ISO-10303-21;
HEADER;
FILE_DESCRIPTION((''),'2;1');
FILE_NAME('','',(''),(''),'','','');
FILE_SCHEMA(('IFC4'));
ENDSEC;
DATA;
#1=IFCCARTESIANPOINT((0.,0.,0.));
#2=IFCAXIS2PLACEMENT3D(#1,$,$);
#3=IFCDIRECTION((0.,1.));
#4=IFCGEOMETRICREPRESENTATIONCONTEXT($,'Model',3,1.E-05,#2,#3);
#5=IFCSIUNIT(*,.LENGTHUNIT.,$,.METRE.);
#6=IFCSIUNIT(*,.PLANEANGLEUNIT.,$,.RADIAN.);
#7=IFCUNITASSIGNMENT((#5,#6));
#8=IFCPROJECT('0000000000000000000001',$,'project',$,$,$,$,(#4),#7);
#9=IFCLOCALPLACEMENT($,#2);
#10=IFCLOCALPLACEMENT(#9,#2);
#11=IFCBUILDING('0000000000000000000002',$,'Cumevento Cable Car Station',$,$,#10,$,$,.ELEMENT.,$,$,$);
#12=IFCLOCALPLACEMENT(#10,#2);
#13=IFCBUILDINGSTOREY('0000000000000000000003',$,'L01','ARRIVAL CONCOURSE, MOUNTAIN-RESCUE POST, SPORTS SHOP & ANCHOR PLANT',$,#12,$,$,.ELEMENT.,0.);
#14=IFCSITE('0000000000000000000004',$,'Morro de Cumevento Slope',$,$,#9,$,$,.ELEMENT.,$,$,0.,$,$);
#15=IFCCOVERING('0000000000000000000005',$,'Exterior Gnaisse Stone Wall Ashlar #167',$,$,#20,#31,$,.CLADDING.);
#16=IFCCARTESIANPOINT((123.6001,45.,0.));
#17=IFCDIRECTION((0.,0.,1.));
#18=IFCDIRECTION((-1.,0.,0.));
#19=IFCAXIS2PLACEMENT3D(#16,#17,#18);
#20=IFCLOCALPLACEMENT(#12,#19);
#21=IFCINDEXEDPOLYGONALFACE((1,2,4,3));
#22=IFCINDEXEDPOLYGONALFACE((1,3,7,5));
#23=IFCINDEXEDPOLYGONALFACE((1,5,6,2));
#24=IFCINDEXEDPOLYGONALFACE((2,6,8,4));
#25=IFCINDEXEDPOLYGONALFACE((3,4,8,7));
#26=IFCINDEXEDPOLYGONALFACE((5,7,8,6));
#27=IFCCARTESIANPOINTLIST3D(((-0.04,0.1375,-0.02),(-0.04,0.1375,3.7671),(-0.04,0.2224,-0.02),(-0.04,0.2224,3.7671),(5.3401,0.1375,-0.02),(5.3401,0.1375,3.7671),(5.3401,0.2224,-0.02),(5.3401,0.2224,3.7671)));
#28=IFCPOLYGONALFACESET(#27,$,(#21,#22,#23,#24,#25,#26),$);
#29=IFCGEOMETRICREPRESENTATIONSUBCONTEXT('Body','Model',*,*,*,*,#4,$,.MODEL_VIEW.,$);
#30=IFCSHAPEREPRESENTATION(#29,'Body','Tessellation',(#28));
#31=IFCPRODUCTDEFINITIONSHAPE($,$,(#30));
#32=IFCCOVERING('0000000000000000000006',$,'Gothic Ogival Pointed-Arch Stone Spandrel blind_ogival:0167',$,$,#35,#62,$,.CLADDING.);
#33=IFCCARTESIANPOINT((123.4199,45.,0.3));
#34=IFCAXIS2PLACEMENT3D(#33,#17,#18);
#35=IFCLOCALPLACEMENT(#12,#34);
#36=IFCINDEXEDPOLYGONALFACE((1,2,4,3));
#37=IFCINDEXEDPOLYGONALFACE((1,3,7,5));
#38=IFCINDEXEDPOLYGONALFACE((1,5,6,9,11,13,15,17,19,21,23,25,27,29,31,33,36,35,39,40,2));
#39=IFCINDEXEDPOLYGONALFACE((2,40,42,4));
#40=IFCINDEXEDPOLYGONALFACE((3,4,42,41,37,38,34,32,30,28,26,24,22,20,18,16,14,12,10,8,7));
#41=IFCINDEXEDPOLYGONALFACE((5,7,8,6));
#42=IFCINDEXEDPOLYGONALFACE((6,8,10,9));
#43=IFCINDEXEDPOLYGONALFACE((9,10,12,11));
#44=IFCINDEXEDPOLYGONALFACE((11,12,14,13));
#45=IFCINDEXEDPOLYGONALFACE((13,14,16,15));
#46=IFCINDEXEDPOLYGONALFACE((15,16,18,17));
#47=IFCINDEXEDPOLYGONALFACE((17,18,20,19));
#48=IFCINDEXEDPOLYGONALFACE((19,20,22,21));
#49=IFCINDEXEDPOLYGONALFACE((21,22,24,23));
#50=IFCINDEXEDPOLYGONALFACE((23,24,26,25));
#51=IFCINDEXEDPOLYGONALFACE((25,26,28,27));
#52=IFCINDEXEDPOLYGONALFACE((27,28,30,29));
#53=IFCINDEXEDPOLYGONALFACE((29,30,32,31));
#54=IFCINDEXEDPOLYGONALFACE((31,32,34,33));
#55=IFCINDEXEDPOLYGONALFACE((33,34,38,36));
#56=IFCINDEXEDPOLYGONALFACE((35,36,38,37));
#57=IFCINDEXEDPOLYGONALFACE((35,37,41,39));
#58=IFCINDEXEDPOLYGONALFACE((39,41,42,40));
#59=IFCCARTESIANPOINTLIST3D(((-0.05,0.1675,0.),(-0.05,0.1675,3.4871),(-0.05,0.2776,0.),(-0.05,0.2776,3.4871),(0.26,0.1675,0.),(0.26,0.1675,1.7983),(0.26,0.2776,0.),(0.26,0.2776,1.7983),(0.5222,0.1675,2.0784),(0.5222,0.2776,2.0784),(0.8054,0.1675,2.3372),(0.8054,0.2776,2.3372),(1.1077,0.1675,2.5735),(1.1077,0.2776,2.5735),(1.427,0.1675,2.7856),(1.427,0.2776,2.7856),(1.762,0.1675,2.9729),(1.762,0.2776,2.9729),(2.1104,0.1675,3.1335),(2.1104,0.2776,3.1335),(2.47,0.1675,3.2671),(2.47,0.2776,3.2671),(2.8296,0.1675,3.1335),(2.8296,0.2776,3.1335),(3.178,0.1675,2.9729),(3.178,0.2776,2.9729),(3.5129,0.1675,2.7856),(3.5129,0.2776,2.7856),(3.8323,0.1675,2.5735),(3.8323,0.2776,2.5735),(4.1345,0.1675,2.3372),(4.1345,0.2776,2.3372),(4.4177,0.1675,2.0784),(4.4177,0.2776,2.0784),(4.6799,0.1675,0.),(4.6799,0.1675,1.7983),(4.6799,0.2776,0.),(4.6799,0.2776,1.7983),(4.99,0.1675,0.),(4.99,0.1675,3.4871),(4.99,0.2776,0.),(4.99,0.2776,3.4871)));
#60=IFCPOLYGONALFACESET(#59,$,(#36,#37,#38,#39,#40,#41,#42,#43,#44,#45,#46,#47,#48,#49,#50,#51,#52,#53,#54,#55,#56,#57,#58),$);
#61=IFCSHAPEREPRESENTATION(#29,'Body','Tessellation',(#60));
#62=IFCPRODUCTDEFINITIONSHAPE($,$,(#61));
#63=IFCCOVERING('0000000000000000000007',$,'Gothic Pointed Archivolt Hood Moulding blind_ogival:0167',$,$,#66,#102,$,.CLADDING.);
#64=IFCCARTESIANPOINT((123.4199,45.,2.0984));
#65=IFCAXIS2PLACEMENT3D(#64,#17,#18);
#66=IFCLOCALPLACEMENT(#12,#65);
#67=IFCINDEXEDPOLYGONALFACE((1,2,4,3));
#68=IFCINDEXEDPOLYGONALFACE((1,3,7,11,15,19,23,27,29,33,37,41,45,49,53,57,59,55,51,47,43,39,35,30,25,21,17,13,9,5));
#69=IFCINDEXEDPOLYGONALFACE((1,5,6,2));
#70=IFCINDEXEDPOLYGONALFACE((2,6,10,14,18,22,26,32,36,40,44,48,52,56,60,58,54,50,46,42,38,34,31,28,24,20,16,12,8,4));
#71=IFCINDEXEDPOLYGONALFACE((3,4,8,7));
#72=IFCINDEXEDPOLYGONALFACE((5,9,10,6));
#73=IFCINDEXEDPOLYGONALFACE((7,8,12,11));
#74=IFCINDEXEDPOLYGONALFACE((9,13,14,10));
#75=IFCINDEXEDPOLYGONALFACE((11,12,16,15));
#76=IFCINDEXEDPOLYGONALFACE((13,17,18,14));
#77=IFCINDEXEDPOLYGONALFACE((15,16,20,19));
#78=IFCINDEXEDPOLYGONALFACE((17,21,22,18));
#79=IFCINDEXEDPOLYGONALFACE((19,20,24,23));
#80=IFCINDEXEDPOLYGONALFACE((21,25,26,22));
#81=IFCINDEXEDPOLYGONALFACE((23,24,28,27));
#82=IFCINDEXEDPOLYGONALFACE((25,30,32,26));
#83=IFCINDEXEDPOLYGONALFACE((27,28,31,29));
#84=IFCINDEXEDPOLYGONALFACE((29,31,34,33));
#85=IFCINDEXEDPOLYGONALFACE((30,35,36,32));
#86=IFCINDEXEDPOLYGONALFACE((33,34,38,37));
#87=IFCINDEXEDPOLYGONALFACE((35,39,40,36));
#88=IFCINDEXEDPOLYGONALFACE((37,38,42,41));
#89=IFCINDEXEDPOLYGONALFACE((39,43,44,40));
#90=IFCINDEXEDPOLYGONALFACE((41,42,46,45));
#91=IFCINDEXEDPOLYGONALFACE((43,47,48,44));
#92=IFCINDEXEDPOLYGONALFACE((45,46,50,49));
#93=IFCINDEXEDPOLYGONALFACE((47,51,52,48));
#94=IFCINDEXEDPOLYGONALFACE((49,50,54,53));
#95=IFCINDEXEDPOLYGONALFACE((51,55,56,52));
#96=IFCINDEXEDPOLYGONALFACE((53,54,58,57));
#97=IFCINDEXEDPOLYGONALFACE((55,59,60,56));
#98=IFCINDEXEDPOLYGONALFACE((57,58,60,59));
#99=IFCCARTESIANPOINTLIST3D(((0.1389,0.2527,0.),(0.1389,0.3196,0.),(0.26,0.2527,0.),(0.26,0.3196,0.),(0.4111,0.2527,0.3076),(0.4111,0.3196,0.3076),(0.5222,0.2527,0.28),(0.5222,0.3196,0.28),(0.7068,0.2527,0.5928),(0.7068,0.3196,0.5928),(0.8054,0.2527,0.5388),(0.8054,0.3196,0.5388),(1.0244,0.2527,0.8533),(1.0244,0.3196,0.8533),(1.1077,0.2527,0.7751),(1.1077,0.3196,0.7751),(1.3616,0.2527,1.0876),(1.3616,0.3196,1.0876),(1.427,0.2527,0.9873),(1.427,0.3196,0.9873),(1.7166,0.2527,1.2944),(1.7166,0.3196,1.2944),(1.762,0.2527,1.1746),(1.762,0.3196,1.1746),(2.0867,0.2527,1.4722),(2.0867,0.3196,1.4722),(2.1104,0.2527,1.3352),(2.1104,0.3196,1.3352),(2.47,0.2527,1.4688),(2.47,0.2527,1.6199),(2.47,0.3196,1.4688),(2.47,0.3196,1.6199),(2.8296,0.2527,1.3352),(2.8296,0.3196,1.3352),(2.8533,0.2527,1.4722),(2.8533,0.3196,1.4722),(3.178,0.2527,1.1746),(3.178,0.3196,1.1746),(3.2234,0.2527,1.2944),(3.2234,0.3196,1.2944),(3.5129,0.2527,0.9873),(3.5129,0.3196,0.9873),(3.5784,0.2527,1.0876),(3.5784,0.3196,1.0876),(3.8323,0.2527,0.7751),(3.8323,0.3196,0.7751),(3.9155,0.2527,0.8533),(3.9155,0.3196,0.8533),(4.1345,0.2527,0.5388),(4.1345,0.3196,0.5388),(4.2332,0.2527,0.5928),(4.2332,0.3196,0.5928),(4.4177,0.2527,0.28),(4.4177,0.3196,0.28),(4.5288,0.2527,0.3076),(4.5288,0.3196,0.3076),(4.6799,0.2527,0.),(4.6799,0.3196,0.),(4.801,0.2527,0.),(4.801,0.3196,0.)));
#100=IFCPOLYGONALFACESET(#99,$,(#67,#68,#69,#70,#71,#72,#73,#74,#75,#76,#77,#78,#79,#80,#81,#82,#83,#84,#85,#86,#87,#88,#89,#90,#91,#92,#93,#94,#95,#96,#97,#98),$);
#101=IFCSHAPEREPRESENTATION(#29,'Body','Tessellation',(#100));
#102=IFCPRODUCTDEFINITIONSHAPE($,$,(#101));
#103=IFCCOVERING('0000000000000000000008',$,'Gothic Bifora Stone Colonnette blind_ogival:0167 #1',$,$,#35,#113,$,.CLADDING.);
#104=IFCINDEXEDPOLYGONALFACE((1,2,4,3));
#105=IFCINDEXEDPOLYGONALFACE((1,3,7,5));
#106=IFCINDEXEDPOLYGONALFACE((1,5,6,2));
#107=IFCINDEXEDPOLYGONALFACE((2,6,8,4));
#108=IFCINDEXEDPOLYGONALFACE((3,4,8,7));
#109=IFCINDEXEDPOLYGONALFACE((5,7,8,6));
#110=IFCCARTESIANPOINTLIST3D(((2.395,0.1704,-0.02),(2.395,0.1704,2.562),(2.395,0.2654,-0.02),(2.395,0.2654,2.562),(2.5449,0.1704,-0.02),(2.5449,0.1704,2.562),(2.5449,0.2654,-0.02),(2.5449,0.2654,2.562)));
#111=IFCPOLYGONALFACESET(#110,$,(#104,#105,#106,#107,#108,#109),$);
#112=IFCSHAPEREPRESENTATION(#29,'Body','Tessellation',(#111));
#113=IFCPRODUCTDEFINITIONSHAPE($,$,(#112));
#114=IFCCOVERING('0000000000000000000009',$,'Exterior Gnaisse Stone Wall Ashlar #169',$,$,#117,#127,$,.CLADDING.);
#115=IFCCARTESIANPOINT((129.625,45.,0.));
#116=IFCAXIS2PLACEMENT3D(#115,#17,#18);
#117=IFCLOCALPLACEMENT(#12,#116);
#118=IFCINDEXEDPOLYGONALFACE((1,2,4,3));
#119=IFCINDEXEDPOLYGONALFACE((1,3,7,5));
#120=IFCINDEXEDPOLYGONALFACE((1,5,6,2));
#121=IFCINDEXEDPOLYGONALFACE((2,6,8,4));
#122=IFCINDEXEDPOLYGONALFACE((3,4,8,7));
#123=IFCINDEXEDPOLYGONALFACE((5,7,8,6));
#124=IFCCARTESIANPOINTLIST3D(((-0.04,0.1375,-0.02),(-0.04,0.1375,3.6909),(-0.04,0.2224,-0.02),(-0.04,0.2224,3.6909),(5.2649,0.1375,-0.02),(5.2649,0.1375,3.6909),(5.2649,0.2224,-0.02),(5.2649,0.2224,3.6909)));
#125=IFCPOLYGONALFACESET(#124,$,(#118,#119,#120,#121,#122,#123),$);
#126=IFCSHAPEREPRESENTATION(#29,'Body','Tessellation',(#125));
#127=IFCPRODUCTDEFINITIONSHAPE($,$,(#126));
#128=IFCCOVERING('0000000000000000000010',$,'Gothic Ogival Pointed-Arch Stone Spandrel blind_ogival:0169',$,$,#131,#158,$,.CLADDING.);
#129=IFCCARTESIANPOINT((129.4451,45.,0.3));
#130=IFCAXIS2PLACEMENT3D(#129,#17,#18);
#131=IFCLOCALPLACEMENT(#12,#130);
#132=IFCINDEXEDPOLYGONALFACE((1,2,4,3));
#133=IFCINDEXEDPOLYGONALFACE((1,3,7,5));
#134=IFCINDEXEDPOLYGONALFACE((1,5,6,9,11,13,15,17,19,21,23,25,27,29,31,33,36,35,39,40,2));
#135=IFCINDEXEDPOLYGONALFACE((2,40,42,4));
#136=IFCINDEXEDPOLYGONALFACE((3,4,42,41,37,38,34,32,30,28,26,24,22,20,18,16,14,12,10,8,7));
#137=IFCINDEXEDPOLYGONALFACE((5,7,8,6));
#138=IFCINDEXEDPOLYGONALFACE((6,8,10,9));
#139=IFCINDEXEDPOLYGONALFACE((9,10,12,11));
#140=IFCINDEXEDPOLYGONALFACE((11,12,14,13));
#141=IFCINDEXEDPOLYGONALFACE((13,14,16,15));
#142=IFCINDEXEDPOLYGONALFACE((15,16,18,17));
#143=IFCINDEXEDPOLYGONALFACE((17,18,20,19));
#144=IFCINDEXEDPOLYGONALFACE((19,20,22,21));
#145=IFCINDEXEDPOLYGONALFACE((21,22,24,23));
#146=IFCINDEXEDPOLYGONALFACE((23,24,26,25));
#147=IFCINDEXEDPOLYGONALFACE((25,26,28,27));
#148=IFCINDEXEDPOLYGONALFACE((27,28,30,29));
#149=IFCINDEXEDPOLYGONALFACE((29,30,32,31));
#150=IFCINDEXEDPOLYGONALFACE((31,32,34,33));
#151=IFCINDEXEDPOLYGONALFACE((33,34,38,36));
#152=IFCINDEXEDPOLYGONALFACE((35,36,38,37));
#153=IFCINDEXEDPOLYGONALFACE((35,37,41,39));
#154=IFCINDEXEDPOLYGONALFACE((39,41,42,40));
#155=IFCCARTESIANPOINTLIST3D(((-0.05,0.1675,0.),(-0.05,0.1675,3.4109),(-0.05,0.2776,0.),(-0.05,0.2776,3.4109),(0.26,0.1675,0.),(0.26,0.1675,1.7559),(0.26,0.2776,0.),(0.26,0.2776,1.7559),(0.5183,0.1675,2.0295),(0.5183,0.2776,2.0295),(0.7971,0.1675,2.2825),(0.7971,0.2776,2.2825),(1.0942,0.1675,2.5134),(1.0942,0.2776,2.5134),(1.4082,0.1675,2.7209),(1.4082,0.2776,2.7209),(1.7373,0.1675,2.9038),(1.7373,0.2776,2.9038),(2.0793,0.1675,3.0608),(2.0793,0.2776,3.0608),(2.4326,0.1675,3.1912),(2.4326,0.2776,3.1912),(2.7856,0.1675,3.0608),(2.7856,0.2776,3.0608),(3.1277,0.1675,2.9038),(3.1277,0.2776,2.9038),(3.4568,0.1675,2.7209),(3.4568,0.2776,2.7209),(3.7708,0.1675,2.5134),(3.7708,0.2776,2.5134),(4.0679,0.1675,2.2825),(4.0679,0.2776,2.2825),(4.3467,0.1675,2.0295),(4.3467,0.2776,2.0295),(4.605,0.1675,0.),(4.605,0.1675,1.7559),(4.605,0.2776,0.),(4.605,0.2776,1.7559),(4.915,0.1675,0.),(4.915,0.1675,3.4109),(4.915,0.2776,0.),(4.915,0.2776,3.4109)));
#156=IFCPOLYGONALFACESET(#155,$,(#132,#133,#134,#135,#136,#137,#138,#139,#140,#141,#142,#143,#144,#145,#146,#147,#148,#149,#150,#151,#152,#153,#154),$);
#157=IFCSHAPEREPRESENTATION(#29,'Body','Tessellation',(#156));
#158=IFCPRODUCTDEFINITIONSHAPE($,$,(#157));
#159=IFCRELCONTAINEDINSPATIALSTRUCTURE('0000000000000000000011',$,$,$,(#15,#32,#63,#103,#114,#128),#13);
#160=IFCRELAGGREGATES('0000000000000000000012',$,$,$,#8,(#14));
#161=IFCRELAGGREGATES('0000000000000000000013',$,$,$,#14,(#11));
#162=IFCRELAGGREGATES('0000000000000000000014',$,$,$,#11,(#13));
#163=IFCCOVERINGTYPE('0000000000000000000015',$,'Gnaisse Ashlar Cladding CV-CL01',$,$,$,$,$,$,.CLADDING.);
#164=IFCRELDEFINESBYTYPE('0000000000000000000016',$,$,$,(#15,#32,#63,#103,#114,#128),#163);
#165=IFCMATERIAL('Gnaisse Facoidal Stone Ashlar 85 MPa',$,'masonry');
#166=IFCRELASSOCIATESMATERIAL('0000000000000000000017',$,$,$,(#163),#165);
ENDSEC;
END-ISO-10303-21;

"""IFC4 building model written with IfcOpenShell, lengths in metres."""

from ifc_helpers import new_model, si_unit, direction, frame, origin, place, context, subcontext, project, spatial, polyline, outline, extrude, material, type_object, element, save


model = new_model("IFC4")

# Units and contexts
model_context = context("Model", 3, precision=1e-05, world=origin(), true_north=direction((0.0, 1.0)))
body_context = subcontext(model_context, "Body", "Model", "MODEL_VIEW")
ifc_project = project(units=[si_unit("LENGTHUNIT", "METRE"), si_unit("PLANEANGLEUNIT", "RADIAN")], contexts=[model_context])

# Site, building, storey
site_placement = place(None, origin())
site = spatial("IfcSite", under=ifc_project, at=site_placement, Name="Morro de Cumevento Slope", CompositionType="ELEMENT", RefElevation=0.0)
building_placement = place(site_placement, origin())
building = spatial("IfcBuilding", under=site, at=building_placement, Name="Cumevento Cable Car Station", CompositionType="ELEMENT")
storey_placement = place(building_placement, origin())
storey = spatial("IfcBuildingStorey", under=building, at=storey_placement, Name="L01", Description="ARRIVAL CONCOURSE, MOUNTAIN-RESCUE POST, SPORTS SHOP & ANCHOR PLANT", CompositionType="ELEMENT", Elevation=0.0)

# Coverings
ifc_material_1 = material(Name="Gnaisse Facoidal Stone Ashlar 85 MPa", Category="masonry")
covering_type = type_object("IfcCoveringType", Name="Gnaisse Ashlar Cladding CV-CL01", PredefinedType="CLADDING", material=ifc_material_1)
covering_1_placement = place(storey_placement, frame((123.6001, 45.0, 0.0), z_axis=(0.0, 0.0, 1.0), x_axis=(-1.0, 0.0, 0.0)))
element("IfcCovering", 1, at=covering_1_placement, inside=storey, type_object=covering_type, Name="Exterior Gnaisse Stone Wall Ashlar #167", PredefinedType="CLADDING", context=body_context, shape_type="SweptSolid", body=[
    extrude(outline(polyline([(-0.04, -0.02), (5.3401, -0.02), (5.3401, 3.7671), (-0.04, 3.7671), (-0.04, -0.02)])), frame((0.0, 0.2224, 0.0), z_axis=(0.0, -1.0, 0.0), x_axis=(1.0, 0.0, 0.0)), (0.0, 0.0, 1.0), 0.085),
])
placement_1 = place(storey_placement, frame((123.4199, 45.0, 0.3), z_axis=(0.0, 0.0, 1.0), x_axis=(-1.0, 0.0, 0.0)))
element("IfcCovering", 2, at=placement_1, inside=storey, type_object=covering_type, Name="Gothic Ogival Pointed-Arch Stone Spandrel blind_ogival:0167", PredefinedType="CLADDING", context=body_context, shape_type="SweptSolid", body=[
    extrude(outline(polyline([(-0.05, 0.0), (-0.05, 3.4871), (4.99, 3.4871), (4.99, 0.0), (4.6799, 0.0), (4.6799, 1.7983), (4.4177, 2.0784), (4.1345, 2.3372), (3.8323, 2.5735), (3.5129, 2.7856), (3.178, 2.9729), (2.8296, 3.1335), (2.47, 3.2671), (2.1104, 3.1335), (1.762, 2.9729), (1.427, 2.7856), (1.1077, 2.5735), (0.8054, 2.3372), (0.5222, 2.0784), (0.26, 1.7983), (0.26, 0.0), (-0.05, 0.0)])), frame((0.0, 0.2776, 0.0), z_axis=(0.0, -1.0, 0.0), x_axis=(1.0, 0.0, 0.0)), (0.0, 0.0, 1.0), 0.1101),
])
covering_2_placement = place(storey_placement, frame((123.4199, 45.0, 2.0984), z_axis=(0.0, 0.0, 1.0), x_axis=(-1.0, 0.0, 0.0)))
element("IfcCovering", 3, at=covering_2_placement, inside=storey, type_object=covering_type, Name="Gothic Pointed Archivolt Hood Moulding blind_ogival:0167", PredefinedType="CLADDING", context=body_context, shape_type="SweptSolid", body=[
    extrude(outline(polyline([(0.26, 0.0), (0.5222, 0.28), (0.8054, 0.5388), (1.1077, 0.7751), (1.427, 0.9873), (1.762, 1.1746), (2.1104, 1.3352), (2.47, 1.4688), (2.8296, 1.3352), (3.178, 1.1746), (3.5129, 0.9873), (3.8323, 0.7751), (4.1345, 0.5388), (4.4177, 0.28), (4.6799, 0.0), (4.801, 0.0), (4.5288, 0.3076), (4.2332, 0.5928), (3.9155, 0.8533), (3.5784, 1.0876), (3.2234, 1.2944), (2.8533, 1.4722), (2.47, 1.6199), (2.0867, 1.4722), (1.7166, 1.2944), (1.3616, 1.0876), (1.0244, 0.8533), (0.7068, 0.5928), (0.4111, 0.3076), (0.1389, 0.0), (0.26, 0.0)])), frame((0.0, 0.3196, 0.0), z_axis=(0.0, -1.0, 0.0), x_axis=(1.0, 0.0, 0.0)), (0.0, 0.0, 1.0), 0.0669),
])
element("IfcCovering", 4, at=placement_1, inside=storey, type_object=covering_type, Name="Gothic Bifora Stone Colonnette blind_ogival:0167 #1", PredefinedType="CLADDING", context=body_context, shape_type="SweptSolid", body=[
    extrude(outline(polyline([(2.395, -0.02), (2.5449, -0.02), (2.5449, 2.562), (2.395, 2.562), (2.395, -0.02)])), frame((0.0, 0.2654, 0.0), z_axis=(0.0, -1.0, 0.0), x_axis=(1.0, 0.0, 0.0)), (0.0, 0.0, 1.0), 0.095),
])
covering_3_placement = place(storey_placement, frame((129.625, 45.0, 0.0), z_axis=(0.0, 0.0, 1.0), x_axis=(-1.0, 0.0, 0.0)))
element("IfcCovering", 5, at=covering_3_placement, inside=storey, type_object=covering_type, Name="Exterior Gnaisse Stone Wall Ashlar #169", PredefinedType="CLADDING", context=body_context, shape_type="SweptSolid", body=[
    extrude(outline(polyline([(-0.04, -0.02), (5.2649, -0.02), (5.2649, 3.6909), (-0.04, 3.6909), (-0.04, -0.02)])), frame((0.0, 0.2224, 0.0), z_axis=(0.0, -1.0, 0.0), x_axis=(1.0, 0.0, 0.0)), (0.0, 0.0, 1.0), 0.085),
])
placement_2 = place(storey_placement, frame((129.4451, 45.0, 0.3), z_axis=(0.0, 0.0, 1.0), x_axis=(-1.0, 0.0, 0.0)))
element("IfcCovering", 6, at=placement_2, inside=storey, type_object=covering_type, Name="Gothic Ogival Pointed-Arch Stone Spandrel blind_ogival:0169", PredefinedType="CLADDING", context=body_context, shape_type="SweptSolid", body=[
    extrude(outline(polyline([(-0.05, 0.0), (-0.05, 3.4109), (4.915, 3.4109), (4.915, 0.0), (4.605, 0.0), (4.605, 1.7559), (4.3467, 2.0295), (4.0679, 2.2825), (3.7708, 2.5134), (3.4568, 2.7209), (3.1277, 2.9038), (2.7856, 3.0608), (2.4326, 3.1912), (2.0793, 3.0608), (1.7373, 2.9038), (1.4082, 2.7209), (1.0942, 2.5134), (0.7971, 2.2825), (0.5183, 2.0295), (0.26, 1.7559), (0.26, 0.0), (-0.05, 0.0)])), frame((0.0, 0.2776, 0.0), z_axis=(0.0, -1.0, 0.0), x_axis=(1.0, 0.0, 0.0)), (0.0, 0.0, 1.0), 0.1101),
])

save(model, "model.ifc")
